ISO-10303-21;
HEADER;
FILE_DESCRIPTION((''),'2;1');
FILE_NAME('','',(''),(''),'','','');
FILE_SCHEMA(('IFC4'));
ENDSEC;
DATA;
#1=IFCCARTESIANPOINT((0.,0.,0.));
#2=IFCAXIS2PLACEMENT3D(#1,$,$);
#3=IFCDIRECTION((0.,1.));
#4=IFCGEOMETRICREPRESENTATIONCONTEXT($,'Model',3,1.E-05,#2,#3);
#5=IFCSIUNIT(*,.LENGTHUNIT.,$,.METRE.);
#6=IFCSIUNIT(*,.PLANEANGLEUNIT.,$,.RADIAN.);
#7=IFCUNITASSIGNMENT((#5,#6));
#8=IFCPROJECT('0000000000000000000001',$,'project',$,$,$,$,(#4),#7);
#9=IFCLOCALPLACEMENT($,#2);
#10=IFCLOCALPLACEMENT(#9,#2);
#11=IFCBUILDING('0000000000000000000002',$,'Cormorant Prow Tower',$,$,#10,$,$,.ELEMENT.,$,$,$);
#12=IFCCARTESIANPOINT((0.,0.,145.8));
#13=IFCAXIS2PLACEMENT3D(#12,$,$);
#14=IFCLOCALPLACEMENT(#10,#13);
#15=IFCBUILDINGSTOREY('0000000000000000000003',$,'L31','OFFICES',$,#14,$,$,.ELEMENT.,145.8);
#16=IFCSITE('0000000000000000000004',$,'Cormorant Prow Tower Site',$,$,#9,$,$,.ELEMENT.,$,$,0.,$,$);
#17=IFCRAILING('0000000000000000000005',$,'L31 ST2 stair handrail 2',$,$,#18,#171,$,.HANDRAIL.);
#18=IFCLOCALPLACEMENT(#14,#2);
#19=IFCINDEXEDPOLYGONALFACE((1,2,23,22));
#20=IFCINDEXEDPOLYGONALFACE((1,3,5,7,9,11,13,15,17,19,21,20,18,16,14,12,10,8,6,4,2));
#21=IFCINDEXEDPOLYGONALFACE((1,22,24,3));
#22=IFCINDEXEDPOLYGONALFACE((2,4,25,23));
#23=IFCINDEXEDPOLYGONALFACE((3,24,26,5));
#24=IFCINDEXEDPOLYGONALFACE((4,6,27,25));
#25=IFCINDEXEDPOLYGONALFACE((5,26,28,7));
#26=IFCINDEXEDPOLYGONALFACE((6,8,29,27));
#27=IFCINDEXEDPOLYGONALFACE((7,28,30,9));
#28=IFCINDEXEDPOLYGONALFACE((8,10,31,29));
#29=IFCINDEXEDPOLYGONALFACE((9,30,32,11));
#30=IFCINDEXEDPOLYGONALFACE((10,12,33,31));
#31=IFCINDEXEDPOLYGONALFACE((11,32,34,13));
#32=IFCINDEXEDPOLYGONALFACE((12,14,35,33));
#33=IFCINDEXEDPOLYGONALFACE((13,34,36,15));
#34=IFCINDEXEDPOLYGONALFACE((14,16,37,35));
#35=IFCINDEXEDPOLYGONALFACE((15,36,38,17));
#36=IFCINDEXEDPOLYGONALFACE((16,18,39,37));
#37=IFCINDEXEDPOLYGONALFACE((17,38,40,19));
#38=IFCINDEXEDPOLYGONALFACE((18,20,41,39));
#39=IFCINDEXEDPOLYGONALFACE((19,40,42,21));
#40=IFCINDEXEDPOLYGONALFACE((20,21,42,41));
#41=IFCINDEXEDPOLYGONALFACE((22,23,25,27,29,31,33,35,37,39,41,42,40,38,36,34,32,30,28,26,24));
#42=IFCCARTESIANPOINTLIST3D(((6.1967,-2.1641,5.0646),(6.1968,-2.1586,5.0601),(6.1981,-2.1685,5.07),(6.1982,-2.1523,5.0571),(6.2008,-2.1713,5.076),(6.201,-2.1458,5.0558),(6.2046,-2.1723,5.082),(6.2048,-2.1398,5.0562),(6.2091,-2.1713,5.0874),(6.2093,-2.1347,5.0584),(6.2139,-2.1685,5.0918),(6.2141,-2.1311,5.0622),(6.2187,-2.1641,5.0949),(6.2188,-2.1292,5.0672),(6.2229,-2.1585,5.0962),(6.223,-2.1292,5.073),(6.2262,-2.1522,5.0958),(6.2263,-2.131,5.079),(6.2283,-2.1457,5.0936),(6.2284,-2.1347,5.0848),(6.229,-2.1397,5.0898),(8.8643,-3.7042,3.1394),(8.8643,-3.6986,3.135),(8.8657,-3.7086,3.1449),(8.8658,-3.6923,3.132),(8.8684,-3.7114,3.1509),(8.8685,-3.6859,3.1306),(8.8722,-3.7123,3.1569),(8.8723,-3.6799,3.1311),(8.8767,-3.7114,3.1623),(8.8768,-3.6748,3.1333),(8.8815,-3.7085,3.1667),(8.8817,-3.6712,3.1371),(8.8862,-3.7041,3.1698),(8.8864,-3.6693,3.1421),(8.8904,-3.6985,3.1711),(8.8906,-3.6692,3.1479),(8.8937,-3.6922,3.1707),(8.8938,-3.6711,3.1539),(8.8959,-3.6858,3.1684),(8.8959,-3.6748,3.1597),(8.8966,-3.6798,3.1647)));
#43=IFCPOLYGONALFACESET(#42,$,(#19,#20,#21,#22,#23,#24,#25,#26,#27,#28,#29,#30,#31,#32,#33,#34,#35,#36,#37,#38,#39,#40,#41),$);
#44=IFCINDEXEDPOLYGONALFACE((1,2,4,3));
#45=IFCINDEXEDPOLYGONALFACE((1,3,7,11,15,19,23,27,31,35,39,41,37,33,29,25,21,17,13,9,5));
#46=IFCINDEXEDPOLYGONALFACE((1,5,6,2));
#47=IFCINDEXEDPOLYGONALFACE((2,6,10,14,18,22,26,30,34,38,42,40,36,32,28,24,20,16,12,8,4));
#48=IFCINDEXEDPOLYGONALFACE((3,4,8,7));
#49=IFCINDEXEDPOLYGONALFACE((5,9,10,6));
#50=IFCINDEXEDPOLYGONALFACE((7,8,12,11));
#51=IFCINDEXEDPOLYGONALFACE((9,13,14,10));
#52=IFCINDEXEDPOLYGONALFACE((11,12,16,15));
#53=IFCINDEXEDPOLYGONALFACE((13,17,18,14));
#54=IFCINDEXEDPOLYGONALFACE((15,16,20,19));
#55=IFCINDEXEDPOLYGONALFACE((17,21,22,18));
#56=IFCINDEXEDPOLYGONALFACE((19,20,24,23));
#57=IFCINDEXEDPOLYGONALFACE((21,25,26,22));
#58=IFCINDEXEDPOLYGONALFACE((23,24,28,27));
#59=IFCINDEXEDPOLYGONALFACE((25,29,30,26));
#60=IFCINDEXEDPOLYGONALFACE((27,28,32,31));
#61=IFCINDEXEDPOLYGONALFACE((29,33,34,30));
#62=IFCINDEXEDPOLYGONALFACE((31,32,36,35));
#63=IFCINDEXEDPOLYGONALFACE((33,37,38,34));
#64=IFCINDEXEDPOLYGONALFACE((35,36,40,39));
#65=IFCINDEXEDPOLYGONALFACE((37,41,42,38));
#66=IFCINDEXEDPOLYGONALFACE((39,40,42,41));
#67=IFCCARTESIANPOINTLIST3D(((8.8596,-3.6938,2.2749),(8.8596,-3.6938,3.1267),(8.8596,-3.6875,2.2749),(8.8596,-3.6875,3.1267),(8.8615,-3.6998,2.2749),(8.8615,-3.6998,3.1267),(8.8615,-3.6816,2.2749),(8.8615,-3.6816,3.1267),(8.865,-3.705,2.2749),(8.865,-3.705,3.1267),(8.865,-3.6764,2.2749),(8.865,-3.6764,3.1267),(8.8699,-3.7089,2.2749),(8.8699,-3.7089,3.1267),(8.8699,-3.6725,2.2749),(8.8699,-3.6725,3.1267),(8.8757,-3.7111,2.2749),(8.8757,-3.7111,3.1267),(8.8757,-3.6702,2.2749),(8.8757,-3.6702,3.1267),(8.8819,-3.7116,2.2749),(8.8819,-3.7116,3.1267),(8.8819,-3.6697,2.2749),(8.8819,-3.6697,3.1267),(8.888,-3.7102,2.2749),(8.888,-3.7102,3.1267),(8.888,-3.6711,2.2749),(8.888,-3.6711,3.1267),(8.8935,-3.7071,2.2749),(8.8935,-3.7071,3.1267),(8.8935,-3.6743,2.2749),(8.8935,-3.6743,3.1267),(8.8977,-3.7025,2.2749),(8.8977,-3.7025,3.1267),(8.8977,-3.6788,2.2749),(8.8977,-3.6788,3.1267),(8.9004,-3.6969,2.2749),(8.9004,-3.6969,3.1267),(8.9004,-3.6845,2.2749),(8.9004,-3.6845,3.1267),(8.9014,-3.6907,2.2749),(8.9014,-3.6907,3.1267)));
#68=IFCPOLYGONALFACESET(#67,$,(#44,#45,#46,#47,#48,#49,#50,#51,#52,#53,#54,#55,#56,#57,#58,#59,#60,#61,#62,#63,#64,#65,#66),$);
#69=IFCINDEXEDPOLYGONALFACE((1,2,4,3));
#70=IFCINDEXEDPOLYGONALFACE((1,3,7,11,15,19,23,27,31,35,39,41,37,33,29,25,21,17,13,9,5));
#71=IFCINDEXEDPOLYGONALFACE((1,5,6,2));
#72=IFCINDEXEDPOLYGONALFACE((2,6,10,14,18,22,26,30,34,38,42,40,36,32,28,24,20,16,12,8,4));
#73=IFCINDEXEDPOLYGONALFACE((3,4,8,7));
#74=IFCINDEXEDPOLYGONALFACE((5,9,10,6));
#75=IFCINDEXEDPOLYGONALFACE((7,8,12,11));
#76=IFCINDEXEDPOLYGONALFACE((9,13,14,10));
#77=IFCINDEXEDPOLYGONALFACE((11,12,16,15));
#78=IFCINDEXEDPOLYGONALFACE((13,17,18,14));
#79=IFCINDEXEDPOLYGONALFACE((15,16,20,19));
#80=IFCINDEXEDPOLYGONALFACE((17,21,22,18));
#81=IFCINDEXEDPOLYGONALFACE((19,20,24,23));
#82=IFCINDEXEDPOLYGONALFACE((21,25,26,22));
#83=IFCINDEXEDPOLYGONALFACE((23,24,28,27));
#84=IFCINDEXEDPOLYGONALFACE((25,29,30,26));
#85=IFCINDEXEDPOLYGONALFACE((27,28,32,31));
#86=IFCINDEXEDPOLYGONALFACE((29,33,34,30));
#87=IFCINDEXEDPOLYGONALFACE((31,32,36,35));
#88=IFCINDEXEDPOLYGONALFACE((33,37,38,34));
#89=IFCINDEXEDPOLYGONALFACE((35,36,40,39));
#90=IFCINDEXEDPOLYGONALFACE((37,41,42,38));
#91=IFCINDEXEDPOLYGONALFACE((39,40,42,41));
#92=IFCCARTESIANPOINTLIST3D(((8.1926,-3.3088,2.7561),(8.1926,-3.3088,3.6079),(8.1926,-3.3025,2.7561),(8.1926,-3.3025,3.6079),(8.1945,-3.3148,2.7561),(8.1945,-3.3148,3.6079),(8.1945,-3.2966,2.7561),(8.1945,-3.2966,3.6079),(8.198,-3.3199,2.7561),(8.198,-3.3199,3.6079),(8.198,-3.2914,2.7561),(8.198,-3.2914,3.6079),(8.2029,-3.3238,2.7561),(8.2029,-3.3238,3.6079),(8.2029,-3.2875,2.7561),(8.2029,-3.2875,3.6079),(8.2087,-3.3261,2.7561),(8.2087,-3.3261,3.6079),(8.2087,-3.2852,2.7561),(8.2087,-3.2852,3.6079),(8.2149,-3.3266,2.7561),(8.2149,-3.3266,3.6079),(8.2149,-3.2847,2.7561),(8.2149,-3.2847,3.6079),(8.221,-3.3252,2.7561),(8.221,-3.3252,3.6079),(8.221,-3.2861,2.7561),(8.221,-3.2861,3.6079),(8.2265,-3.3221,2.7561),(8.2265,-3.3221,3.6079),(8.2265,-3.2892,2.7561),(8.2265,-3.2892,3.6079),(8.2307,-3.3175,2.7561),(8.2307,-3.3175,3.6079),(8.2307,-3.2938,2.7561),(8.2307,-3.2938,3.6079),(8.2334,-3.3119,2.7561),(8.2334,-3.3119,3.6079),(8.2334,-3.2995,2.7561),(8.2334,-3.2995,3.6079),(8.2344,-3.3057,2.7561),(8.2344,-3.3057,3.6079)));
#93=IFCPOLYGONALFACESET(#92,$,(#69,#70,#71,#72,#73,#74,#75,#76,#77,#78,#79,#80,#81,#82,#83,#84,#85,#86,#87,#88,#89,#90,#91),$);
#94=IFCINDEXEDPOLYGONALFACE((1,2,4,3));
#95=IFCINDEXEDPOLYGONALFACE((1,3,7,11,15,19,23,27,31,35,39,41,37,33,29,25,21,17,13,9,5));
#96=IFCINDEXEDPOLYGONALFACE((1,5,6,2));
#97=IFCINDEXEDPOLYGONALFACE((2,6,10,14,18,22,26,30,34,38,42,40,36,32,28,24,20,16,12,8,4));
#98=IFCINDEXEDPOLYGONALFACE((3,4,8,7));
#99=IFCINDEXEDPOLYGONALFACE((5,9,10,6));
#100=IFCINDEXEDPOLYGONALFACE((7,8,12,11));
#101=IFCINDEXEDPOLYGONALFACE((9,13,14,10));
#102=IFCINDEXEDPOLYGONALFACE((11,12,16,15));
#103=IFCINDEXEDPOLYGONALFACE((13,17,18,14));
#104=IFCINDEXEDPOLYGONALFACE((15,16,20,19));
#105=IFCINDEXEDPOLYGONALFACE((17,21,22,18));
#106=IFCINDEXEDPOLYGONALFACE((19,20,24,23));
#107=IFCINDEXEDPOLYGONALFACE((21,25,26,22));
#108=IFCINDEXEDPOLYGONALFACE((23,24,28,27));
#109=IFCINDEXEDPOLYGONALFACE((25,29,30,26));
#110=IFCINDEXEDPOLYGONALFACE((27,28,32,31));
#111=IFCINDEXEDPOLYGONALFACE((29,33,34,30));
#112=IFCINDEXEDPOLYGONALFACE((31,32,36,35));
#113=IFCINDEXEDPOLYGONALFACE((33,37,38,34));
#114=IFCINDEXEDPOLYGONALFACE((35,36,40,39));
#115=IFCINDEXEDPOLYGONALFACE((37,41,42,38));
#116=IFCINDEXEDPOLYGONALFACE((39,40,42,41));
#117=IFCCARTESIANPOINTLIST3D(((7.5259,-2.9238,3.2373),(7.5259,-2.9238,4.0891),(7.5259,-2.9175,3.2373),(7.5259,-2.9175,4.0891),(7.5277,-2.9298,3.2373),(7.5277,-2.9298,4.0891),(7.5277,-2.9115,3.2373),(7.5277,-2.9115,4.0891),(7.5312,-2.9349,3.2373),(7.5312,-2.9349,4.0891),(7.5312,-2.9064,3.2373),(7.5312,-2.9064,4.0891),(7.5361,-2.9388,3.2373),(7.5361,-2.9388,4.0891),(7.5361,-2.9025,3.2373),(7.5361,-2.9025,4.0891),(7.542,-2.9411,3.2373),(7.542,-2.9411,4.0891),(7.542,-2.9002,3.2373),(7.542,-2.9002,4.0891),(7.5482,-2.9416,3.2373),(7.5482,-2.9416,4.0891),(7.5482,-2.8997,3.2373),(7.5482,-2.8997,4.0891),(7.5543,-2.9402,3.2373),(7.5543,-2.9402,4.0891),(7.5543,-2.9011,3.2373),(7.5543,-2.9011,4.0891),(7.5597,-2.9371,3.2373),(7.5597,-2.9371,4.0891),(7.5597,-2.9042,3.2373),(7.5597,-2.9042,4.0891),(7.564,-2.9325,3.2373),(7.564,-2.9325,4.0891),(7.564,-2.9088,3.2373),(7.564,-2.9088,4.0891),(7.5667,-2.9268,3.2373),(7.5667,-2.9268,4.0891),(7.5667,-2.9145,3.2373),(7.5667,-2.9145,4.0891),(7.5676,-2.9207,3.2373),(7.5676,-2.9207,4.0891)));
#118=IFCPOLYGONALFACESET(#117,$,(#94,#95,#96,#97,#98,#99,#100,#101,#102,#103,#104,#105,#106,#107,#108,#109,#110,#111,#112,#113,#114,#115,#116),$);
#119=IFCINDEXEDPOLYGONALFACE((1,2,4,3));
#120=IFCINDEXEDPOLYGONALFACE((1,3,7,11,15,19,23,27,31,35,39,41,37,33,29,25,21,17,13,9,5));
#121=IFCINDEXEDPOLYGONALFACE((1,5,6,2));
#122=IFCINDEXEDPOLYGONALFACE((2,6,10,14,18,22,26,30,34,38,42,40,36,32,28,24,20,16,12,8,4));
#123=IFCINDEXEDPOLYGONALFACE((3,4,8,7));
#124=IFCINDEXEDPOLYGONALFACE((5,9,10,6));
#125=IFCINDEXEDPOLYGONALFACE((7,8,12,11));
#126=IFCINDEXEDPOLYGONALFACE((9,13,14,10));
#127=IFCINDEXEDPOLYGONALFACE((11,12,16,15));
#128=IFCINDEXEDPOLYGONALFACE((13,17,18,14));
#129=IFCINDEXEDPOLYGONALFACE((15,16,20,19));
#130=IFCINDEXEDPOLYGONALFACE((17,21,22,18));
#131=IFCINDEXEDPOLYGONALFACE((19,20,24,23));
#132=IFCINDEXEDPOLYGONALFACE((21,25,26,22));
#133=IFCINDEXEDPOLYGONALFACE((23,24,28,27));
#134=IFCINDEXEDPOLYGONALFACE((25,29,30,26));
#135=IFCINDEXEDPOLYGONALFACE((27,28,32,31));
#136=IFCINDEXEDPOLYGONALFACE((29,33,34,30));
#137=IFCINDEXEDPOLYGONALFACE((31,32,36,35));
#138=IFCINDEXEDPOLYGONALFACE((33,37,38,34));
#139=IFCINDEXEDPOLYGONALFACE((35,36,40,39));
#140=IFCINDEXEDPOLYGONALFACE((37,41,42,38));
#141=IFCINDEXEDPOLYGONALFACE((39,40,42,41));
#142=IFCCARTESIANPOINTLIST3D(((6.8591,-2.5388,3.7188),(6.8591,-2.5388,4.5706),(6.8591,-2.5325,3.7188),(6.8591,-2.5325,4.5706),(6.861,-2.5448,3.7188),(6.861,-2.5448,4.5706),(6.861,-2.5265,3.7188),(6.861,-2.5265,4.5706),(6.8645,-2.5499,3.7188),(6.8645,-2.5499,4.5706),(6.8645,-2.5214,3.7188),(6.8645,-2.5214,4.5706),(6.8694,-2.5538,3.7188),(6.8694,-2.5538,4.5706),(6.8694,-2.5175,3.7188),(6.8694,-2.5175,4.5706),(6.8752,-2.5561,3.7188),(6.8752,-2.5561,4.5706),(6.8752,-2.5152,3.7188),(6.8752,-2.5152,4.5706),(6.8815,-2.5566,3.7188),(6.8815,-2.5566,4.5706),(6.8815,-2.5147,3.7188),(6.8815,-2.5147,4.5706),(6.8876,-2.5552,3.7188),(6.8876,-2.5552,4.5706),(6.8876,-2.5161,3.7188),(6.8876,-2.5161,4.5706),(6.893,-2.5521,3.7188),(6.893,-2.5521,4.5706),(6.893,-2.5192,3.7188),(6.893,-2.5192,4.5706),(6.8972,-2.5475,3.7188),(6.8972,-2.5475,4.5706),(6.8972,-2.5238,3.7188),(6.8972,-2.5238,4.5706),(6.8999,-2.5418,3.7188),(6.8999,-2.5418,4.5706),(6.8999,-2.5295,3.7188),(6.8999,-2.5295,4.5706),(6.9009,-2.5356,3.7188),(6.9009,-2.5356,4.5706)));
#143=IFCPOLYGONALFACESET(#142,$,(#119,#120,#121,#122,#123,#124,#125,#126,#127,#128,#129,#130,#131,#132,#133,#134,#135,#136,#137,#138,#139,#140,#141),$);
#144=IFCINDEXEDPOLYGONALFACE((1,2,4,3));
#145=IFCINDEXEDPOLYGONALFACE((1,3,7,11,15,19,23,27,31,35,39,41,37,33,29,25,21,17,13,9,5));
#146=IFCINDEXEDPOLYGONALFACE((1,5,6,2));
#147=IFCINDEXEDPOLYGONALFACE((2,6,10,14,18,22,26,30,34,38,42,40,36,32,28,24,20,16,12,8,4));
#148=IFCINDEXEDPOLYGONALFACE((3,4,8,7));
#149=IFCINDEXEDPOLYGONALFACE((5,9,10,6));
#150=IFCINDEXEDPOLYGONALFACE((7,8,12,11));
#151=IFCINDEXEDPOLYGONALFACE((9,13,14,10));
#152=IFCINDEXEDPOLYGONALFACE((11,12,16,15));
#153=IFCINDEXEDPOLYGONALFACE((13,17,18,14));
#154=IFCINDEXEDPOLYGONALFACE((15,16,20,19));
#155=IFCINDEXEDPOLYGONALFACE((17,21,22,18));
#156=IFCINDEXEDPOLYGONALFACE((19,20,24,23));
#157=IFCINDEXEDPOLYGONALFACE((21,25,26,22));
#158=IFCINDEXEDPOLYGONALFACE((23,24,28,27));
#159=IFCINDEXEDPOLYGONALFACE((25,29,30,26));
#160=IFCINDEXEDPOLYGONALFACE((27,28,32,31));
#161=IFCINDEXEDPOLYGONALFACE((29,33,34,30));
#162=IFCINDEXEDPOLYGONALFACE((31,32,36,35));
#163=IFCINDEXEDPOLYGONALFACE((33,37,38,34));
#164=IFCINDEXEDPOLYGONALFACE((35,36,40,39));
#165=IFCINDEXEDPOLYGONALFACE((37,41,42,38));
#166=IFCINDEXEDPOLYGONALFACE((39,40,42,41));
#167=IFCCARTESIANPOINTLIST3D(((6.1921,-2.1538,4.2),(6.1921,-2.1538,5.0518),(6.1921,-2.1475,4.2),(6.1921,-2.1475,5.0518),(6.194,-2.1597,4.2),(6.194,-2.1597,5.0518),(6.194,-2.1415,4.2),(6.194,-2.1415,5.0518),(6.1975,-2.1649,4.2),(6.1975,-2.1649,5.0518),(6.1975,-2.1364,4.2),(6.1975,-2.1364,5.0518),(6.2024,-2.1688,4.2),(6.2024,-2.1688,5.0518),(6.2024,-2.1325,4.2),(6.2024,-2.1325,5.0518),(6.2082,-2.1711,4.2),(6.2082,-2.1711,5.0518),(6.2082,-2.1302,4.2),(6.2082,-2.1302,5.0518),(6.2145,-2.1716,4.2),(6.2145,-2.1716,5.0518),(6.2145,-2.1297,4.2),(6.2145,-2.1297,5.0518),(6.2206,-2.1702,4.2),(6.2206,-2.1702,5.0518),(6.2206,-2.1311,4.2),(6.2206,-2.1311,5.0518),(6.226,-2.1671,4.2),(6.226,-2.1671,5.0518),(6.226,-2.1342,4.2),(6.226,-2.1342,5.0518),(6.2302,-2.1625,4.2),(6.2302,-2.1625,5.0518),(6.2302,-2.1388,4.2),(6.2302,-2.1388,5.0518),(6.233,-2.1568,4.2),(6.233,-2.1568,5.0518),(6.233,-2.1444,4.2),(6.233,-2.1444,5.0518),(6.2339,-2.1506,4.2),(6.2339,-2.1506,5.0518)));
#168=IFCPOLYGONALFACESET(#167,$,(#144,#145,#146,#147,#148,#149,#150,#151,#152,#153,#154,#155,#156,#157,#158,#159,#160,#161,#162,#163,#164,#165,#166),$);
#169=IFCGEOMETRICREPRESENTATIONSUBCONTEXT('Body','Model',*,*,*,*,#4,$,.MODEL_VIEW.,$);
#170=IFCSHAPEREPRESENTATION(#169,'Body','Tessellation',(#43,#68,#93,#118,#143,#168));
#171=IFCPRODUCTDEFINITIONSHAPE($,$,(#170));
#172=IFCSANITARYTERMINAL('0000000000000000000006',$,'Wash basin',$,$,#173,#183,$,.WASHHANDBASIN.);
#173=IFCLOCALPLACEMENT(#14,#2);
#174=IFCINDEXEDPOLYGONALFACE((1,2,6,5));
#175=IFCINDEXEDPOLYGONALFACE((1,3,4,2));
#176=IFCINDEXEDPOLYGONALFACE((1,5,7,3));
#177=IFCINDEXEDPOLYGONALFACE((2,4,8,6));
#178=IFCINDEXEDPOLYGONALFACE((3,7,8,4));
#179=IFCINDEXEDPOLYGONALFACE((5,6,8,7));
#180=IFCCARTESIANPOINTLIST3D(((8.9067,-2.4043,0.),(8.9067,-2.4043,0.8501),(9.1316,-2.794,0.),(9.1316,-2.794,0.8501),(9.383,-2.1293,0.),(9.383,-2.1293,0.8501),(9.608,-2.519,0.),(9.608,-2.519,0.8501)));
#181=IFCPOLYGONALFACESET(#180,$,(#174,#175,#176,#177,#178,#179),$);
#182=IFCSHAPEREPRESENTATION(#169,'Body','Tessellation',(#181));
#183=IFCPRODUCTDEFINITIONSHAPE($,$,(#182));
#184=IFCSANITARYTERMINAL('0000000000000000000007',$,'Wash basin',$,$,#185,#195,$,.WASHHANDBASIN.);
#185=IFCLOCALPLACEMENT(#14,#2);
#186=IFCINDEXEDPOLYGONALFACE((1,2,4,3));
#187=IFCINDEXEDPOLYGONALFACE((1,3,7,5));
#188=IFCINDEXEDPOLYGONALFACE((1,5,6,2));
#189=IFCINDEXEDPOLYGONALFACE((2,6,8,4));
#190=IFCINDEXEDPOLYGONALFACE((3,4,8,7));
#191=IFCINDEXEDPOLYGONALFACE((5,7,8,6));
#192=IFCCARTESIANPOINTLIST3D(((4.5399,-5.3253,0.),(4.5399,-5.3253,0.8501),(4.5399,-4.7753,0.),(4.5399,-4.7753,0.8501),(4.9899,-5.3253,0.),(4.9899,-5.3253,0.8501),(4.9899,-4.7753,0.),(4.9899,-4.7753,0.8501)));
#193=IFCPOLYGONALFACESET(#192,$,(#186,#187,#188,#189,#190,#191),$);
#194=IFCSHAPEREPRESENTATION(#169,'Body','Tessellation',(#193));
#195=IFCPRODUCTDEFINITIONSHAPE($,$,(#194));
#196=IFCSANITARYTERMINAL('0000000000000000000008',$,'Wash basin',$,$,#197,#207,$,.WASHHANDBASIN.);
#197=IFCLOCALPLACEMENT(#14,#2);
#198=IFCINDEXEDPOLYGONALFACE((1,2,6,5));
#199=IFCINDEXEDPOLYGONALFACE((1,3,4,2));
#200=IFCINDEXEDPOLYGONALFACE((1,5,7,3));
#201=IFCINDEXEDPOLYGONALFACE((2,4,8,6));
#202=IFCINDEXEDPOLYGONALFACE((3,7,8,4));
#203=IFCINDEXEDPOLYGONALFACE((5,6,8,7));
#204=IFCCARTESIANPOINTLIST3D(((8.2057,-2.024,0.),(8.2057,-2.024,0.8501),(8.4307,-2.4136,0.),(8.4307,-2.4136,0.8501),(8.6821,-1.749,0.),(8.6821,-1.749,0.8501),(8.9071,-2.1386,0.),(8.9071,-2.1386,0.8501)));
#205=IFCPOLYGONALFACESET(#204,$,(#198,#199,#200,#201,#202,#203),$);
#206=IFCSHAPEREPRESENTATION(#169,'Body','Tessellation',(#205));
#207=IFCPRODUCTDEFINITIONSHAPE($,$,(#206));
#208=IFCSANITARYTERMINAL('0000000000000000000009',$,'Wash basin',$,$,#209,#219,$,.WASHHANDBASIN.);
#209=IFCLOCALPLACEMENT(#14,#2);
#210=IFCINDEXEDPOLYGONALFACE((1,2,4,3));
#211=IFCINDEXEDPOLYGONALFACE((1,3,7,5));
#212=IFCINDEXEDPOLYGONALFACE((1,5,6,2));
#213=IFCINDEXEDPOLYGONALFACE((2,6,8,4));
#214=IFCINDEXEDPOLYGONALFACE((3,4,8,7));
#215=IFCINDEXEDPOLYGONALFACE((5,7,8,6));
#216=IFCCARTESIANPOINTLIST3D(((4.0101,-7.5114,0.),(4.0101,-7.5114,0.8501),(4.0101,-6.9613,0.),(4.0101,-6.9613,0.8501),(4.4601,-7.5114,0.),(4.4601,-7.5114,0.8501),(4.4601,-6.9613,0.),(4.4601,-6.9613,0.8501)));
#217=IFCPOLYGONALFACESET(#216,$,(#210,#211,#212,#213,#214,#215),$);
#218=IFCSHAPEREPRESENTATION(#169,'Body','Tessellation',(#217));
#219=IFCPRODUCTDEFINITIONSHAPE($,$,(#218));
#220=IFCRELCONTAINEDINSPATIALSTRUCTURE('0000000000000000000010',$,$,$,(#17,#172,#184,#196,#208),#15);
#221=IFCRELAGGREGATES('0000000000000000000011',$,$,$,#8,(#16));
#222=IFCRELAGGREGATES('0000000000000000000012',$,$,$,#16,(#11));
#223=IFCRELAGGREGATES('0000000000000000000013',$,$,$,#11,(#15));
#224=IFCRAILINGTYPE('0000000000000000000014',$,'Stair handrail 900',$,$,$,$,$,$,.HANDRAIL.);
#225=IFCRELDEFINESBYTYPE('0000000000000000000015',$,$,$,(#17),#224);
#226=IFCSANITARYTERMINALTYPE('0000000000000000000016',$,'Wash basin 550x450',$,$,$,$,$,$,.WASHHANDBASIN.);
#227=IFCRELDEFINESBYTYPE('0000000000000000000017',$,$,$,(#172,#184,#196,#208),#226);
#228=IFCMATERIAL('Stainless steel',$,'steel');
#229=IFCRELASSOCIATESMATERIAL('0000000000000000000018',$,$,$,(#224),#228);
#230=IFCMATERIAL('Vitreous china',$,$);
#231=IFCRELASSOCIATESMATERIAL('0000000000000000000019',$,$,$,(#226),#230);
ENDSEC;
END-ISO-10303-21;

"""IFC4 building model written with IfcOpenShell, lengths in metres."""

from ifc_helpers import new_model, si_unit, direction, frame, origin, origin_2d, place, context, subcontext, project, spatial, rectangle, circle, extrude, material, type_object, element, save


model = new_model("IFC4")

# Units and contexts
model_context = context("Model", 3, precision=1e-05, world=origin(), true_north=direction((0.0, 1.0)))
body_context = subcontext(model_context, "Body", "Model", "MODEL_VIEW")
ifc_project = project(units=[si_unit("LENGTHUNIT", "METRE"), si_unit("PLANEANGLEUNIT", "RADIAN")], contexts=[model_context])

# Site, building, storey
site_placement = place(None, origin())
site = spatial("IfcSite", under=ifc_project, at=site_placement, Name="Cormorant Prow Tower Site", CompositionType="ELEMENT", RefElevation=0.0)
building_placement = place(site_placement, origin())
building = spatial("IfcBuilding", under=site, at=building_placement, Name="Cormorant Prow Tower", CompositionType="ELEMENT")
storey_placement = place(building_placement, frame((0.0, 0.0, 145.8)))
storey = spatial("IfcBuildingStorey", under=building, at=storey_placement, Name="L31", Description="OFFICES", CompositionType="ELEMENT", Elevation=145.8)

# Railing
ifc_material_1 = material(Name="Stainless steel", Category="steel")
railing_type_1 = type_object("IfcRailingType", Name="Stair handrail 900", PredefinedType="HANDRAIL", material=ifc_material_1)
railing_1_placement = place(storey_placement, frame((8.8804, -3.6907, 2.2749)))
element("IfcRailing", 1, at=railing_1_placement, inside=storey, type_object=railing_type_1, Name="L31 ST2 stair handrail 2", PredefinedType="HANDRAIL", context=body_context, shape_type="SweptSolid", body=[
    extrude(circle(Radius=0.0239, at=origin_2d()), frame((0.0, 0.0, 0.876), z_axis=(-0.734395, 0.423994, 0.529993), x_axis=(-0.499992, -0.86603, 0.0)), (0.0, 0.0, 1.0), 3.6323),
    extrude(circle(Radius=0.021, at=origin_2d()), origin(), (0.0, 0.0, 1.0), 0.8518),
    extrude(circle(Radius=0.021, at=origin_2d()), frame((-0.667, 0.385, 0.4812)), (0.0, 0.0, 1.0), 0.8518),
    extrude(circle(Radius=0.021, at=origin_2d()), frame((-1.3337, 0.77, 0.9624)), (0.0, 0.0, 1.0), 0.8518),
    extrude(circle(Radius=0.021, at=origin_2d()), frame((-2.0005, 1.155, 1.4438)), (0.0, 0.0, 1.0), 0.8518),
    extrude(circle(Radius=0.021, at=origin_2d()), frame((-2.6675, 1.54, 1.925)), (0.0, 0.0, 1.0), 0.8518),
])

# Sanitary terminals
ifc_material_2 = material(Name="Vitreous china")
sanitary_terminal_type_1 = type_object("IfcSanitaryTerminalType", Name="Wash basin 550x450", PredefinedType="WASHHANDBASIN", material=ifc_material_2)
for number, where, z_axis, x_axis, name in (
    (2, (9.2573, -2.4617, 0.0), (0.0, 0.0, 1.0), (-0.866025, -0.5, 0.0), "Wash basin"),
    (3, (4.7649, -5.0503, 0.0), (0.0, 0.0, 1.0), (0.0, -1.0, 0.0), "Wash basin"),
    (4, (8.5564, -2.0813, 0.0), (0.0, 0.0, 1.0), (0.866025, 0.5, 0.0), "Wash basin"),
    (5, (4.2351, -7.2363, 0.0), (0.0, 0.0, 1.0), (0.0, 1.0, 0.0), "Wash basin"),
):
    element("IfcSanitaryTerminal", number, at=place(storey_placement, frame(where, z_axis=z_axis, x_axis=x_axis)), inside=storey, type_object=sanitary_terminal_type_1, Name=name, PredefinedType="WASHHANDBASIN", context=body_context, shape_type="SweptSolid", body=[
        extrude(rectangle(XDim=0.55, YDim=0.45, at=origin_2d()), origin(), (0.0, 0.0, 1.0), 0.8501),
    ])

save(model, "model.ifc")
